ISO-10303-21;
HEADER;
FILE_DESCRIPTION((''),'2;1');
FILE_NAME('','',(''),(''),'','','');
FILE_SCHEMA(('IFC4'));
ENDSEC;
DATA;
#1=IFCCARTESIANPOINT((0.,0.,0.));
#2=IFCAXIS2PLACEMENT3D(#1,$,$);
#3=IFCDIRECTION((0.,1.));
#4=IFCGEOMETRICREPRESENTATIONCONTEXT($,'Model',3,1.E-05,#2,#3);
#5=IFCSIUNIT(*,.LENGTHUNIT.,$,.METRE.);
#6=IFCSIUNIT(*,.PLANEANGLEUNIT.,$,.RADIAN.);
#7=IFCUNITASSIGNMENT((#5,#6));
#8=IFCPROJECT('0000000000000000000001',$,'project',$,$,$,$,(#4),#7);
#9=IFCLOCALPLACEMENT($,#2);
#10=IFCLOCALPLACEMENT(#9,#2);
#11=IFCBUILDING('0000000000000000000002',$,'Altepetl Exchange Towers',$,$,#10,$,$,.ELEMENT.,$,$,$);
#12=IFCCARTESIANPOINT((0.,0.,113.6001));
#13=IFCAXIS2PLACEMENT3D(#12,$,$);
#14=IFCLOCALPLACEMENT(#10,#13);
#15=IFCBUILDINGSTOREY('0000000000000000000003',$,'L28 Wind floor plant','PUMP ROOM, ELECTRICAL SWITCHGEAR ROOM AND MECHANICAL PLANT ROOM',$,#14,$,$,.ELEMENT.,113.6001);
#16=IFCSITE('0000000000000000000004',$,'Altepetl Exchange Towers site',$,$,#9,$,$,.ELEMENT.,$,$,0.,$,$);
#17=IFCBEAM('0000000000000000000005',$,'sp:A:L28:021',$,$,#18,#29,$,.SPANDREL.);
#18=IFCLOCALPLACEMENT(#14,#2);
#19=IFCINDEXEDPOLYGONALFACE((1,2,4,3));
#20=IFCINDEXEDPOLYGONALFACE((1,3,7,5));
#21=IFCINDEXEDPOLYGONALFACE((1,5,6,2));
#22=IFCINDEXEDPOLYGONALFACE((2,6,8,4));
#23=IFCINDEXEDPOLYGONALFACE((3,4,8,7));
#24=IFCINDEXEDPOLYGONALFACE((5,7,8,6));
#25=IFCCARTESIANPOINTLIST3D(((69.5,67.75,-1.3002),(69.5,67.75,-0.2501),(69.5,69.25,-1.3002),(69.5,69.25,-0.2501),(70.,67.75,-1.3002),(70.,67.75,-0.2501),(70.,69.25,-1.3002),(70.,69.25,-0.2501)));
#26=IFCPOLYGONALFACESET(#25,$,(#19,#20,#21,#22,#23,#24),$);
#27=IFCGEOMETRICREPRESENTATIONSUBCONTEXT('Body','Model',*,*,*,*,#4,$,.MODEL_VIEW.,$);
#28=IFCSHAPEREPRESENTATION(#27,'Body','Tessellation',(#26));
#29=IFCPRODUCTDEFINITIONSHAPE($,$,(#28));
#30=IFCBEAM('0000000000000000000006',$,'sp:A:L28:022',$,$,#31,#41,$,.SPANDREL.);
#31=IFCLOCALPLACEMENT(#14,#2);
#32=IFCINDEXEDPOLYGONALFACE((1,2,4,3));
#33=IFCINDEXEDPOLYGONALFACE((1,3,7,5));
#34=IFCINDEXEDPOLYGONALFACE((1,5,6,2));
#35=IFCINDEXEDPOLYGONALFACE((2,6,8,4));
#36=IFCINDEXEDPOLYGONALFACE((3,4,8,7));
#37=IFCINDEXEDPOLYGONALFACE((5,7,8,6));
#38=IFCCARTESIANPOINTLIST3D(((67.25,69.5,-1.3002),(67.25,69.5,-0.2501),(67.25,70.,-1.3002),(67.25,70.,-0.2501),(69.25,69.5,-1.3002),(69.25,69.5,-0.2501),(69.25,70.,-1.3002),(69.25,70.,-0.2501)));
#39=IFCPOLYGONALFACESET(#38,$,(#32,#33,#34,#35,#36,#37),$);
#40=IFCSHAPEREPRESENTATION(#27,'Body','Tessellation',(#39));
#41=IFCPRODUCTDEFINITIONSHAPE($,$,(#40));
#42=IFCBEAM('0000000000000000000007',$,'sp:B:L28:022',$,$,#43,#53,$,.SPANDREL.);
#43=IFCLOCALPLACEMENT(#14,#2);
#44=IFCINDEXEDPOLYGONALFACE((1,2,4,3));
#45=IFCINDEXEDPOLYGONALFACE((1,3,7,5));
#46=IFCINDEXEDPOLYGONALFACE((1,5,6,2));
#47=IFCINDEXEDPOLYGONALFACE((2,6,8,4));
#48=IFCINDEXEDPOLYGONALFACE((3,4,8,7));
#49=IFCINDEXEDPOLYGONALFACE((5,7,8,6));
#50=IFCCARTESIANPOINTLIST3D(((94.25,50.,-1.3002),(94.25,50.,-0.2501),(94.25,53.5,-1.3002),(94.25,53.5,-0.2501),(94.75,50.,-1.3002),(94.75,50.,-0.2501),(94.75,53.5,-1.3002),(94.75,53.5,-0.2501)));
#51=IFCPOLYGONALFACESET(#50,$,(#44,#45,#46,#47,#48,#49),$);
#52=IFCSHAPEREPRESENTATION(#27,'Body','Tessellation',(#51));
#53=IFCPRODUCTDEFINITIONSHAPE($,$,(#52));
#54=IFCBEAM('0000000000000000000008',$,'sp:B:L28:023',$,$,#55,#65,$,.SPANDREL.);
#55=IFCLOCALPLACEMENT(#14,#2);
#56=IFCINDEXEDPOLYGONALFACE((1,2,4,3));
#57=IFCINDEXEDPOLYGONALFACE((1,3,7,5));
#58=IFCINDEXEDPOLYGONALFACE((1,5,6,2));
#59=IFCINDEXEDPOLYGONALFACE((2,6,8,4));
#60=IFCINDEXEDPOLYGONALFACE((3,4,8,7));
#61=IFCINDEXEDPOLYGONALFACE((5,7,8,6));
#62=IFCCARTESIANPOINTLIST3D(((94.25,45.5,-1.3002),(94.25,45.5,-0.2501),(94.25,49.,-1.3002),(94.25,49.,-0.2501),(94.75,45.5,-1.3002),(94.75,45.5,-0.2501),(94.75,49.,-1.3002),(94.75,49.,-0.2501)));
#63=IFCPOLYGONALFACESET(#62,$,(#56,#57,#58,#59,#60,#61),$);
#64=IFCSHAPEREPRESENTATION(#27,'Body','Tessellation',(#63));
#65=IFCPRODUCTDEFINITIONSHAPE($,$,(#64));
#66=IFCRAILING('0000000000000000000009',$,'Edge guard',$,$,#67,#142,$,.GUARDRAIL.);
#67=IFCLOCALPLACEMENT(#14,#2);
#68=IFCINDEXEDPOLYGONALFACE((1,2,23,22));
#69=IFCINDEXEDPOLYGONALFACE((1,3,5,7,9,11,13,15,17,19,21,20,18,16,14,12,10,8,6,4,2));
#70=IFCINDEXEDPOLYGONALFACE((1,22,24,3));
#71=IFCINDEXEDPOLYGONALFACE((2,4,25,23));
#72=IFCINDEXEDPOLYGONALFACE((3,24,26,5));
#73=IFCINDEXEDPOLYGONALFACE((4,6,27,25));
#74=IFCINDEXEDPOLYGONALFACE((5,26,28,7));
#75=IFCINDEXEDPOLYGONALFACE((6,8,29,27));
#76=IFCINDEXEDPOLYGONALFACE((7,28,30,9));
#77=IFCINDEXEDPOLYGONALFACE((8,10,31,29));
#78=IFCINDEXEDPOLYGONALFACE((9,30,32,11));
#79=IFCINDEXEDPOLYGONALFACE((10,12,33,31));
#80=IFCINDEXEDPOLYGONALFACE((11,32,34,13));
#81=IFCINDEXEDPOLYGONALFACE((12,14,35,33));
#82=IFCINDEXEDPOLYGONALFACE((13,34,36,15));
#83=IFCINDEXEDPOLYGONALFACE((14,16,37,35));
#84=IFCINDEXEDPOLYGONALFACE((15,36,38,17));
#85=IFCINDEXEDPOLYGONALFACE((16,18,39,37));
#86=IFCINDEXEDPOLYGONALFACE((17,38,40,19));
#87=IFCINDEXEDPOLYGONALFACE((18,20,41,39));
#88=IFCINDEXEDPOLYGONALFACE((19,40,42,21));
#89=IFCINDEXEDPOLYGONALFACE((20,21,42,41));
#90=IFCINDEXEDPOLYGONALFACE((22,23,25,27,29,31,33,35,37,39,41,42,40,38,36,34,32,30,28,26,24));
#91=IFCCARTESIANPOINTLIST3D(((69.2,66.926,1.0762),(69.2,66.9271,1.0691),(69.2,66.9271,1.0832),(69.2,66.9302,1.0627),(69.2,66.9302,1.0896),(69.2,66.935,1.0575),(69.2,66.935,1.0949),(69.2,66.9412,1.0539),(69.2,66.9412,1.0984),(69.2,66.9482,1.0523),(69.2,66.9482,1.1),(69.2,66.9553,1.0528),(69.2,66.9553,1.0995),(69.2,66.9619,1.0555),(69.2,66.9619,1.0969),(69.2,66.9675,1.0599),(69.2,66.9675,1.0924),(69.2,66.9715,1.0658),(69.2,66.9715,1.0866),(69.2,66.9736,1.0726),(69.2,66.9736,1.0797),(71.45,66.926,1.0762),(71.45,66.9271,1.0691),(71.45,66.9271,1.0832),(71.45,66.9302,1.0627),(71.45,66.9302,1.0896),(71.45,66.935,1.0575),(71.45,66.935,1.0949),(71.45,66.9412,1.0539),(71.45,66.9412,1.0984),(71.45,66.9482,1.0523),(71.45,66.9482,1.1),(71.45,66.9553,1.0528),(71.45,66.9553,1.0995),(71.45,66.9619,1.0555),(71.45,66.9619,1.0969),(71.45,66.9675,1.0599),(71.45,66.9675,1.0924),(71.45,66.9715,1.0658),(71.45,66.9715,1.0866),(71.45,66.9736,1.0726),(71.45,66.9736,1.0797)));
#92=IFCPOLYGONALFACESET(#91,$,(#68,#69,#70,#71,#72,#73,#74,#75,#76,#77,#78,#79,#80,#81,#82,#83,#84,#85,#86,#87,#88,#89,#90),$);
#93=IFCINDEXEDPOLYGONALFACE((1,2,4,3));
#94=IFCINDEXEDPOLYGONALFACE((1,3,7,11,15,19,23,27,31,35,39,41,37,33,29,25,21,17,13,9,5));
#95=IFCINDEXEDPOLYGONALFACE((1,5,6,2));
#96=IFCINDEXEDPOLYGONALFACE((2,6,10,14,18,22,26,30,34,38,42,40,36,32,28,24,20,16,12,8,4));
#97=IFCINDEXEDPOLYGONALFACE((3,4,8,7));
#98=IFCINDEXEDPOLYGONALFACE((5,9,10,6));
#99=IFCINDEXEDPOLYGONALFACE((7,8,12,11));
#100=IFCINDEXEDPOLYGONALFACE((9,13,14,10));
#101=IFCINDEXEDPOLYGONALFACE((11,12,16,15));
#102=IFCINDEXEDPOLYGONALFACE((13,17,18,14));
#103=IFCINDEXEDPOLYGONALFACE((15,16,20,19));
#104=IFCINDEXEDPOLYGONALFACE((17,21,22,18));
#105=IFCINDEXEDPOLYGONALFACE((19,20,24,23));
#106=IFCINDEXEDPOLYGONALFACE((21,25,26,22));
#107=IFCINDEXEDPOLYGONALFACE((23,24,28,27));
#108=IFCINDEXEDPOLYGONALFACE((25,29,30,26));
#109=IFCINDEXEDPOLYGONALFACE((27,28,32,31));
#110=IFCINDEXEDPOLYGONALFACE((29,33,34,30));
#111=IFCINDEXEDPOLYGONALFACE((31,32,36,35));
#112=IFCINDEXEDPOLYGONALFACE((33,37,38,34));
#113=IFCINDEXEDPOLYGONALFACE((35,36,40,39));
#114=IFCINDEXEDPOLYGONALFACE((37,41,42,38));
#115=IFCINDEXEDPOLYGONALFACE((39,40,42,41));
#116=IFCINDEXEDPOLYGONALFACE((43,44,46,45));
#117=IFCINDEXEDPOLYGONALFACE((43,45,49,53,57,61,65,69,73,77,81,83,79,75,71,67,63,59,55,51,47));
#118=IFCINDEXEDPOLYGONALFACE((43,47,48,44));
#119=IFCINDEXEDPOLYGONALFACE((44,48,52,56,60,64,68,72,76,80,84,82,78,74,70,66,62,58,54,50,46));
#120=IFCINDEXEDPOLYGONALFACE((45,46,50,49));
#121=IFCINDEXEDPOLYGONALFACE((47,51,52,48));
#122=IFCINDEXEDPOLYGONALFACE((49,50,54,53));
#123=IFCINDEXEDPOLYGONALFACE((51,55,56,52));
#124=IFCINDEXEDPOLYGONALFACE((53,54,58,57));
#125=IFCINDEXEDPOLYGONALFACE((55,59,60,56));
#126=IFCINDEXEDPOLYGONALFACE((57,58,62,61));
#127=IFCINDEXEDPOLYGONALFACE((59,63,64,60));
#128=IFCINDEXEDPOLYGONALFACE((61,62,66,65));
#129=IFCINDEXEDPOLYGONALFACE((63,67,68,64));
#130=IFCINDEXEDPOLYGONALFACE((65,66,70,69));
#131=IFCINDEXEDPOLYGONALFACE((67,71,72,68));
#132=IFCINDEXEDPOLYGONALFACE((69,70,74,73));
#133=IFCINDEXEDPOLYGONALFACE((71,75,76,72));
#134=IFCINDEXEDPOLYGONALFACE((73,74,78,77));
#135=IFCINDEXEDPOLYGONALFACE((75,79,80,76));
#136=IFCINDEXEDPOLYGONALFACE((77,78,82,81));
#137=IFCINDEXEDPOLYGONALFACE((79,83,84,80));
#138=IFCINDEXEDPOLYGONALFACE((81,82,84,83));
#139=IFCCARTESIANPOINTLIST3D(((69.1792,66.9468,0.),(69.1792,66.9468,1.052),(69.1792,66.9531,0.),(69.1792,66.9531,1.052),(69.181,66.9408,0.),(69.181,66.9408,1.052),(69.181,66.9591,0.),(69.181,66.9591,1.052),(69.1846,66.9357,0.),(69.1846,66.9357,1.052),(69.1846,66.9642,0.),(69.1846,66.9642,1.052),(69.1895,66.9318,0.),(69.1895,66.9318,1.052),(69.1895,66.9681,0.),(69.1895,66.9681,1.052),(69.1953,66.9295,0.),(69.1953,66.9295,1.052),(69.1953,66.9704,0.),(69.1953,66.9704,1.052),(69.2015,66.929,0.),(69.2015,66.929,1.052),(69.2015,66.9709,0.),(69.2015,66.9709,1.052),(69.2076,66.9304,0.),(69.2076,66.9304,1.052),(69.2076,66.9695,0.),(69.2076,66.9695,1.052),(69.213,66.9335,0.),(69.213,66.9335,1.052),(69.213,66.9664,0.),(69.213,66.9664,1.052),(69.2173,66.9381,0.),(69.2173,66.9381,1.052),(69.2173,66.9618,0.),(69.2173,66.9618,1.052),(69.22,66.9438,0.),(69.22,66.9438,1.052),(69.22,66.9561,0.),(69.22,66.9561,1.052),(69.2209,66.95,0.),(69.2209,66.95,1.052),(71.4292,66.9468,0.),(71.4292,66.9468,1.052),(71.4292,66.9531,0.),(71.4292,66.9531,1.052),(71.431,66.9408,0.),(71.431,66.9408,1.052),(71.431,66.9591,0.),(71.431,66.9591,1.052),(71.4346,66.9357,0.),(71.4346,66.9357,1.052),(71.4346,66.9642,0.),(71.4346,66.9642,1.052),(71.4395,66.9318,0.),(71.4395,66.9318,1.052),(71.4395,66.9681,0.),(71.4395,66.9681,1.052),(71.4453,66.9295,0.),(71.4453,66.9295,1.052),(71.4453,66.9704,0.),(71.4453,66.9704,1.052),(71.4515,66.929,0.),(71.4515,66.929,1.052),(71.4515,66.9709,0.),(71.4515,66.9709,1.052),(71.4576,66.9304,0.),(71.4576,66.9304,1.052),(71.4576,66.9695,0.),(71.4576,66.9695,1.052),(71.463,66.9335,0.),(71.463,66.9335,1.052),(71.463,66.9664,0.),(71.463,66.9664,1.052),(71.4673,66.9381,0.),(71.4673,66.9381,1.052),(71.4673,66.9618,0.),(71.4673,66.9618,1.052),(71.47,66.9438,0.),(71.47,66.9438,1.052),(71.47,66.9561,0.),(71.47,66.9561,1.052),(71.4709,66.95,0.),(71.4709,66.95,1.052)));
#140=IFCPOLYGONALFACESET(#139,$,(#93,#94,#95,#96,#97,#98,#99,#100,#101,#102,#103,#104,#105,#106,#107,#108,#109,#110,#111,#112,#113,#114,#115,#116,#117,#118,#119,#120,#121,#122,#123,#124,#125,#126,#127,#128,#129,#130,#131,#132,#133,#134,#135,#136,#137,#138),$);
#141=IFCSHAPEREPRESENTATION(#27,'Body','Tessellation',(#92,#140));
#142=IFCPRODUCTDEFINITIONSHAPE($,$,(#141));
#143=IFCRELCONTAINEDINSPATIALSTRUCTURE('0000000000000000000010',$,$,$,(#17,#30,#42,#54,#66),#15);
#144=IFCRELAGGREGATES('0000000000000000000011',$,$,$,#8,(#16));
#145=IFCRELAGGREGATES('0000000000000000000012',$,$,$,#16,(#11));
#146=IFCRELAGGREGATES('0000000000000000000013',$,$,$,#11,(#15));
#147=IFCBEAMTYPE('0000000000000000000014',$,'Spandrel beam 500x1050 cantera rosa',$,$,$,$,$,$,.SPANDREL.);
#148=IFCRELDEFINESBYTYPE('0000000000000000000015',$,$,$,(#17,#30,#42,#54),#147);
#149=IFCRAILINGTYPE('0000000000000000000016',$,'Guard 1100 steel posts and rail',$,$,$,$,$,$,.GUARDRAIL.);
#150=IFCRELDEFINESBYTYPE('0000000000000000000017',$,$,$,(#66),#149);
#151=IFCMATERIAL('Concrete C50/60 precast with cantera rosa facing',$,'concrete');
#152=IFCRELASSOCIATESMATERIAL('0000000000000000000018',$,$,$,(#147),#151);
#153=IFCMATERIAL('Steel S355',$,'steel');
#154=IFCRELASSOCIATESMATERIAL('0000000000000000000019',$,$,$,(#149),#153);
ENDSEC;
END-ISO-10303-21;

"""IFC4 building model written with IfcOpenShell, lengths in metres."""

from ifc_helpers import new_model, si_unit, direction, frame, origin, origin_2d, place, context, subcontext, project, spatial, rectangle, circle, extrude, source, transform, mapped, material, material_profile, profile_set, type_object, element, save


model = new_model("IFC4")

# Units and contexts
model_context = context("Model", 3, precision=1e-05, world=origin(), true_north=direction((0.0, 1.0)))
body_context = subcontext(model_context, "Body", "Model", "MODEL_VIEW")
ifc_project = project(units=[si_unit("LENGTHUNIT", "METRE"), si_unit("PLANEANGLEUNIT", "RADIAN")], contexts=[model_context])

# Site, building, storey
site_placement = place(None, origin())
site = spatial("IfcSite", under=ifc_project, at=site_placement, Name="Altepetl Exchange Towers site", CompositionType="ELEMENT", RefElevation=0.0)
building_placement = place(site_placement, origin())
building = spatial("IfcBuilding", under=site, at=building_placement, Name="Altepetl Exchange Towers", CompositionType="ELEMENT")
storey_placement = place(building_placement, frame((0.0, 0.0, 113.6001)))
storey = spatial("IfcBuildingStorey", under=building, at=storey_placement, Name="L28 Wind floor plant", Description="PUMP ROOM, ELECTRICAL SWITCHGEAR ROOM AND MECHANICAL PLANT ROOM", CompositionType="ELEMENT", Elevation=113.6001)

# Beams
ifc_material_1 = material(Name="Steel S355", Category="steel")
ifc_material_2 = material(Name="Concrete C50/60 precast with cantera rosa facing", Category="concrete")
ifc_material_profile_1 = material_profile(ifc_material_2, rectangle(XDim=0.5, YDim=1.05, at=origin_2d()), Name="500 x 1050")
ifc_profile_set_1 = profile_set([ifc_material_profile_1], Name="Concrete C50/60 precast with cantera rosa facing")
beam_type_1 = type_object("IfcBeamType", Name="Spandrel beam 500x1050 cantera rosa", PredefinedType="SPANDREL", material=ifc_profile_set_1)
beam_1_placement = place(storey_placement, frame((69.75, 67.75, -0.7751), z_axis=(0.0, 1.0, 0.0), x_axis=(-1.0, 0.0, 0.0)))
element("IfcBeam", 1, at=beam_1_placement, inside=storey, type_object=beam_type_1, Name="sp:A:L28:021", PredefinedType="SPANDREL", context=body_context, shape_type="SweptSolid", body=[
    extrude(rectangle(XDim=0.5, YDim=1.05, at=origin_2d()), origin(), (0.0, 0.0, 1.0), 1.5),
])
beam_2_placement = place(storey_placement, frame((69.25, 69.75, -0.7751), z_axis=(-1.0, 0.0, 0.0), x_axis=(0.0, -1.0, 0.0)))
element("IfcBeam", 2, at=beam_2_placement, inside=storey, type_object=beam_type_1, Name="sp:A:L28:022", PredefinedType="SPANDREL", context=body_context, shape_type="SweptSolid", body=[
    extrude(rectangle(XDim=0.5, YDim=1.05, at=origin_2d()), origin(), (0.0, 0.0, 1.0), 2.0),
])
for number, where, z_axis, x_axis, name in (
    (3, (94.5, 53.5, -0.7751), (0.0, -1.0, 0.0), (1.0, 0.0, 0.0), "sp:B:L28:022"),
    (4, (94.5, 49.0, -0.7751), (0.0, -1.0, 0.0), (1.0, 0.0, 0.0), "sp:B:L28:023"),
):
    element("IfcBeam", number, at=place(storey_placement, frame(where, z_axis=z_axis, x_axis=x_axis)), inside=storey, type_object=beam_type_1, Name=name, PredefinedType="SPANDREL", context=body_context, shape_type="SweptSolid", body=[
        extrude(rectangle(XDim=0.5, YDim=1.05, at=origin_2d()), origin(), (0.0, 0.0, 1.0), 3.5),
    ])

# Railing
railing_type = type_object("IfcRailingType", Name="Guard 1100 steel posts and rail", PredefinedType="GUARDRAIL", material=ifc_material_1)
shared_shape = source(origin(), body_context, "Body", "SweptSolid", [
    extrude(circle(Radius=0.021, at=origin_2d()), origin(), (0.0, 0.0, 1.0), 1.052),
])
railing_1_placement = place(storey_placement, frame((71.45, 66.95, 0.0)))
element("IfcRailing", 5, at=railing_1_placement, inside=storey, type_object=railing_type, Name="Edge guard", PredefinedType="GUARDRAIL", context=body_context, shape_type="SweptSolid", body=[
    extrude(circle(Radius=0.0239, at=origin_2d()), frame((0.0, 0.0, 1.0762), z_axis=(-1.0, 0.0, 0.0), x_axis=(0.0, -1.0, 0.0)), (0.0, 0.0, 1.0), 2.25),
    mapped(shared_shape, transform((0.0, 0.0, 0.0))),
    mapped(shared_shape, transform((-2.25, 0.0, 0.0))),
])

save(model, "model.ifc")
